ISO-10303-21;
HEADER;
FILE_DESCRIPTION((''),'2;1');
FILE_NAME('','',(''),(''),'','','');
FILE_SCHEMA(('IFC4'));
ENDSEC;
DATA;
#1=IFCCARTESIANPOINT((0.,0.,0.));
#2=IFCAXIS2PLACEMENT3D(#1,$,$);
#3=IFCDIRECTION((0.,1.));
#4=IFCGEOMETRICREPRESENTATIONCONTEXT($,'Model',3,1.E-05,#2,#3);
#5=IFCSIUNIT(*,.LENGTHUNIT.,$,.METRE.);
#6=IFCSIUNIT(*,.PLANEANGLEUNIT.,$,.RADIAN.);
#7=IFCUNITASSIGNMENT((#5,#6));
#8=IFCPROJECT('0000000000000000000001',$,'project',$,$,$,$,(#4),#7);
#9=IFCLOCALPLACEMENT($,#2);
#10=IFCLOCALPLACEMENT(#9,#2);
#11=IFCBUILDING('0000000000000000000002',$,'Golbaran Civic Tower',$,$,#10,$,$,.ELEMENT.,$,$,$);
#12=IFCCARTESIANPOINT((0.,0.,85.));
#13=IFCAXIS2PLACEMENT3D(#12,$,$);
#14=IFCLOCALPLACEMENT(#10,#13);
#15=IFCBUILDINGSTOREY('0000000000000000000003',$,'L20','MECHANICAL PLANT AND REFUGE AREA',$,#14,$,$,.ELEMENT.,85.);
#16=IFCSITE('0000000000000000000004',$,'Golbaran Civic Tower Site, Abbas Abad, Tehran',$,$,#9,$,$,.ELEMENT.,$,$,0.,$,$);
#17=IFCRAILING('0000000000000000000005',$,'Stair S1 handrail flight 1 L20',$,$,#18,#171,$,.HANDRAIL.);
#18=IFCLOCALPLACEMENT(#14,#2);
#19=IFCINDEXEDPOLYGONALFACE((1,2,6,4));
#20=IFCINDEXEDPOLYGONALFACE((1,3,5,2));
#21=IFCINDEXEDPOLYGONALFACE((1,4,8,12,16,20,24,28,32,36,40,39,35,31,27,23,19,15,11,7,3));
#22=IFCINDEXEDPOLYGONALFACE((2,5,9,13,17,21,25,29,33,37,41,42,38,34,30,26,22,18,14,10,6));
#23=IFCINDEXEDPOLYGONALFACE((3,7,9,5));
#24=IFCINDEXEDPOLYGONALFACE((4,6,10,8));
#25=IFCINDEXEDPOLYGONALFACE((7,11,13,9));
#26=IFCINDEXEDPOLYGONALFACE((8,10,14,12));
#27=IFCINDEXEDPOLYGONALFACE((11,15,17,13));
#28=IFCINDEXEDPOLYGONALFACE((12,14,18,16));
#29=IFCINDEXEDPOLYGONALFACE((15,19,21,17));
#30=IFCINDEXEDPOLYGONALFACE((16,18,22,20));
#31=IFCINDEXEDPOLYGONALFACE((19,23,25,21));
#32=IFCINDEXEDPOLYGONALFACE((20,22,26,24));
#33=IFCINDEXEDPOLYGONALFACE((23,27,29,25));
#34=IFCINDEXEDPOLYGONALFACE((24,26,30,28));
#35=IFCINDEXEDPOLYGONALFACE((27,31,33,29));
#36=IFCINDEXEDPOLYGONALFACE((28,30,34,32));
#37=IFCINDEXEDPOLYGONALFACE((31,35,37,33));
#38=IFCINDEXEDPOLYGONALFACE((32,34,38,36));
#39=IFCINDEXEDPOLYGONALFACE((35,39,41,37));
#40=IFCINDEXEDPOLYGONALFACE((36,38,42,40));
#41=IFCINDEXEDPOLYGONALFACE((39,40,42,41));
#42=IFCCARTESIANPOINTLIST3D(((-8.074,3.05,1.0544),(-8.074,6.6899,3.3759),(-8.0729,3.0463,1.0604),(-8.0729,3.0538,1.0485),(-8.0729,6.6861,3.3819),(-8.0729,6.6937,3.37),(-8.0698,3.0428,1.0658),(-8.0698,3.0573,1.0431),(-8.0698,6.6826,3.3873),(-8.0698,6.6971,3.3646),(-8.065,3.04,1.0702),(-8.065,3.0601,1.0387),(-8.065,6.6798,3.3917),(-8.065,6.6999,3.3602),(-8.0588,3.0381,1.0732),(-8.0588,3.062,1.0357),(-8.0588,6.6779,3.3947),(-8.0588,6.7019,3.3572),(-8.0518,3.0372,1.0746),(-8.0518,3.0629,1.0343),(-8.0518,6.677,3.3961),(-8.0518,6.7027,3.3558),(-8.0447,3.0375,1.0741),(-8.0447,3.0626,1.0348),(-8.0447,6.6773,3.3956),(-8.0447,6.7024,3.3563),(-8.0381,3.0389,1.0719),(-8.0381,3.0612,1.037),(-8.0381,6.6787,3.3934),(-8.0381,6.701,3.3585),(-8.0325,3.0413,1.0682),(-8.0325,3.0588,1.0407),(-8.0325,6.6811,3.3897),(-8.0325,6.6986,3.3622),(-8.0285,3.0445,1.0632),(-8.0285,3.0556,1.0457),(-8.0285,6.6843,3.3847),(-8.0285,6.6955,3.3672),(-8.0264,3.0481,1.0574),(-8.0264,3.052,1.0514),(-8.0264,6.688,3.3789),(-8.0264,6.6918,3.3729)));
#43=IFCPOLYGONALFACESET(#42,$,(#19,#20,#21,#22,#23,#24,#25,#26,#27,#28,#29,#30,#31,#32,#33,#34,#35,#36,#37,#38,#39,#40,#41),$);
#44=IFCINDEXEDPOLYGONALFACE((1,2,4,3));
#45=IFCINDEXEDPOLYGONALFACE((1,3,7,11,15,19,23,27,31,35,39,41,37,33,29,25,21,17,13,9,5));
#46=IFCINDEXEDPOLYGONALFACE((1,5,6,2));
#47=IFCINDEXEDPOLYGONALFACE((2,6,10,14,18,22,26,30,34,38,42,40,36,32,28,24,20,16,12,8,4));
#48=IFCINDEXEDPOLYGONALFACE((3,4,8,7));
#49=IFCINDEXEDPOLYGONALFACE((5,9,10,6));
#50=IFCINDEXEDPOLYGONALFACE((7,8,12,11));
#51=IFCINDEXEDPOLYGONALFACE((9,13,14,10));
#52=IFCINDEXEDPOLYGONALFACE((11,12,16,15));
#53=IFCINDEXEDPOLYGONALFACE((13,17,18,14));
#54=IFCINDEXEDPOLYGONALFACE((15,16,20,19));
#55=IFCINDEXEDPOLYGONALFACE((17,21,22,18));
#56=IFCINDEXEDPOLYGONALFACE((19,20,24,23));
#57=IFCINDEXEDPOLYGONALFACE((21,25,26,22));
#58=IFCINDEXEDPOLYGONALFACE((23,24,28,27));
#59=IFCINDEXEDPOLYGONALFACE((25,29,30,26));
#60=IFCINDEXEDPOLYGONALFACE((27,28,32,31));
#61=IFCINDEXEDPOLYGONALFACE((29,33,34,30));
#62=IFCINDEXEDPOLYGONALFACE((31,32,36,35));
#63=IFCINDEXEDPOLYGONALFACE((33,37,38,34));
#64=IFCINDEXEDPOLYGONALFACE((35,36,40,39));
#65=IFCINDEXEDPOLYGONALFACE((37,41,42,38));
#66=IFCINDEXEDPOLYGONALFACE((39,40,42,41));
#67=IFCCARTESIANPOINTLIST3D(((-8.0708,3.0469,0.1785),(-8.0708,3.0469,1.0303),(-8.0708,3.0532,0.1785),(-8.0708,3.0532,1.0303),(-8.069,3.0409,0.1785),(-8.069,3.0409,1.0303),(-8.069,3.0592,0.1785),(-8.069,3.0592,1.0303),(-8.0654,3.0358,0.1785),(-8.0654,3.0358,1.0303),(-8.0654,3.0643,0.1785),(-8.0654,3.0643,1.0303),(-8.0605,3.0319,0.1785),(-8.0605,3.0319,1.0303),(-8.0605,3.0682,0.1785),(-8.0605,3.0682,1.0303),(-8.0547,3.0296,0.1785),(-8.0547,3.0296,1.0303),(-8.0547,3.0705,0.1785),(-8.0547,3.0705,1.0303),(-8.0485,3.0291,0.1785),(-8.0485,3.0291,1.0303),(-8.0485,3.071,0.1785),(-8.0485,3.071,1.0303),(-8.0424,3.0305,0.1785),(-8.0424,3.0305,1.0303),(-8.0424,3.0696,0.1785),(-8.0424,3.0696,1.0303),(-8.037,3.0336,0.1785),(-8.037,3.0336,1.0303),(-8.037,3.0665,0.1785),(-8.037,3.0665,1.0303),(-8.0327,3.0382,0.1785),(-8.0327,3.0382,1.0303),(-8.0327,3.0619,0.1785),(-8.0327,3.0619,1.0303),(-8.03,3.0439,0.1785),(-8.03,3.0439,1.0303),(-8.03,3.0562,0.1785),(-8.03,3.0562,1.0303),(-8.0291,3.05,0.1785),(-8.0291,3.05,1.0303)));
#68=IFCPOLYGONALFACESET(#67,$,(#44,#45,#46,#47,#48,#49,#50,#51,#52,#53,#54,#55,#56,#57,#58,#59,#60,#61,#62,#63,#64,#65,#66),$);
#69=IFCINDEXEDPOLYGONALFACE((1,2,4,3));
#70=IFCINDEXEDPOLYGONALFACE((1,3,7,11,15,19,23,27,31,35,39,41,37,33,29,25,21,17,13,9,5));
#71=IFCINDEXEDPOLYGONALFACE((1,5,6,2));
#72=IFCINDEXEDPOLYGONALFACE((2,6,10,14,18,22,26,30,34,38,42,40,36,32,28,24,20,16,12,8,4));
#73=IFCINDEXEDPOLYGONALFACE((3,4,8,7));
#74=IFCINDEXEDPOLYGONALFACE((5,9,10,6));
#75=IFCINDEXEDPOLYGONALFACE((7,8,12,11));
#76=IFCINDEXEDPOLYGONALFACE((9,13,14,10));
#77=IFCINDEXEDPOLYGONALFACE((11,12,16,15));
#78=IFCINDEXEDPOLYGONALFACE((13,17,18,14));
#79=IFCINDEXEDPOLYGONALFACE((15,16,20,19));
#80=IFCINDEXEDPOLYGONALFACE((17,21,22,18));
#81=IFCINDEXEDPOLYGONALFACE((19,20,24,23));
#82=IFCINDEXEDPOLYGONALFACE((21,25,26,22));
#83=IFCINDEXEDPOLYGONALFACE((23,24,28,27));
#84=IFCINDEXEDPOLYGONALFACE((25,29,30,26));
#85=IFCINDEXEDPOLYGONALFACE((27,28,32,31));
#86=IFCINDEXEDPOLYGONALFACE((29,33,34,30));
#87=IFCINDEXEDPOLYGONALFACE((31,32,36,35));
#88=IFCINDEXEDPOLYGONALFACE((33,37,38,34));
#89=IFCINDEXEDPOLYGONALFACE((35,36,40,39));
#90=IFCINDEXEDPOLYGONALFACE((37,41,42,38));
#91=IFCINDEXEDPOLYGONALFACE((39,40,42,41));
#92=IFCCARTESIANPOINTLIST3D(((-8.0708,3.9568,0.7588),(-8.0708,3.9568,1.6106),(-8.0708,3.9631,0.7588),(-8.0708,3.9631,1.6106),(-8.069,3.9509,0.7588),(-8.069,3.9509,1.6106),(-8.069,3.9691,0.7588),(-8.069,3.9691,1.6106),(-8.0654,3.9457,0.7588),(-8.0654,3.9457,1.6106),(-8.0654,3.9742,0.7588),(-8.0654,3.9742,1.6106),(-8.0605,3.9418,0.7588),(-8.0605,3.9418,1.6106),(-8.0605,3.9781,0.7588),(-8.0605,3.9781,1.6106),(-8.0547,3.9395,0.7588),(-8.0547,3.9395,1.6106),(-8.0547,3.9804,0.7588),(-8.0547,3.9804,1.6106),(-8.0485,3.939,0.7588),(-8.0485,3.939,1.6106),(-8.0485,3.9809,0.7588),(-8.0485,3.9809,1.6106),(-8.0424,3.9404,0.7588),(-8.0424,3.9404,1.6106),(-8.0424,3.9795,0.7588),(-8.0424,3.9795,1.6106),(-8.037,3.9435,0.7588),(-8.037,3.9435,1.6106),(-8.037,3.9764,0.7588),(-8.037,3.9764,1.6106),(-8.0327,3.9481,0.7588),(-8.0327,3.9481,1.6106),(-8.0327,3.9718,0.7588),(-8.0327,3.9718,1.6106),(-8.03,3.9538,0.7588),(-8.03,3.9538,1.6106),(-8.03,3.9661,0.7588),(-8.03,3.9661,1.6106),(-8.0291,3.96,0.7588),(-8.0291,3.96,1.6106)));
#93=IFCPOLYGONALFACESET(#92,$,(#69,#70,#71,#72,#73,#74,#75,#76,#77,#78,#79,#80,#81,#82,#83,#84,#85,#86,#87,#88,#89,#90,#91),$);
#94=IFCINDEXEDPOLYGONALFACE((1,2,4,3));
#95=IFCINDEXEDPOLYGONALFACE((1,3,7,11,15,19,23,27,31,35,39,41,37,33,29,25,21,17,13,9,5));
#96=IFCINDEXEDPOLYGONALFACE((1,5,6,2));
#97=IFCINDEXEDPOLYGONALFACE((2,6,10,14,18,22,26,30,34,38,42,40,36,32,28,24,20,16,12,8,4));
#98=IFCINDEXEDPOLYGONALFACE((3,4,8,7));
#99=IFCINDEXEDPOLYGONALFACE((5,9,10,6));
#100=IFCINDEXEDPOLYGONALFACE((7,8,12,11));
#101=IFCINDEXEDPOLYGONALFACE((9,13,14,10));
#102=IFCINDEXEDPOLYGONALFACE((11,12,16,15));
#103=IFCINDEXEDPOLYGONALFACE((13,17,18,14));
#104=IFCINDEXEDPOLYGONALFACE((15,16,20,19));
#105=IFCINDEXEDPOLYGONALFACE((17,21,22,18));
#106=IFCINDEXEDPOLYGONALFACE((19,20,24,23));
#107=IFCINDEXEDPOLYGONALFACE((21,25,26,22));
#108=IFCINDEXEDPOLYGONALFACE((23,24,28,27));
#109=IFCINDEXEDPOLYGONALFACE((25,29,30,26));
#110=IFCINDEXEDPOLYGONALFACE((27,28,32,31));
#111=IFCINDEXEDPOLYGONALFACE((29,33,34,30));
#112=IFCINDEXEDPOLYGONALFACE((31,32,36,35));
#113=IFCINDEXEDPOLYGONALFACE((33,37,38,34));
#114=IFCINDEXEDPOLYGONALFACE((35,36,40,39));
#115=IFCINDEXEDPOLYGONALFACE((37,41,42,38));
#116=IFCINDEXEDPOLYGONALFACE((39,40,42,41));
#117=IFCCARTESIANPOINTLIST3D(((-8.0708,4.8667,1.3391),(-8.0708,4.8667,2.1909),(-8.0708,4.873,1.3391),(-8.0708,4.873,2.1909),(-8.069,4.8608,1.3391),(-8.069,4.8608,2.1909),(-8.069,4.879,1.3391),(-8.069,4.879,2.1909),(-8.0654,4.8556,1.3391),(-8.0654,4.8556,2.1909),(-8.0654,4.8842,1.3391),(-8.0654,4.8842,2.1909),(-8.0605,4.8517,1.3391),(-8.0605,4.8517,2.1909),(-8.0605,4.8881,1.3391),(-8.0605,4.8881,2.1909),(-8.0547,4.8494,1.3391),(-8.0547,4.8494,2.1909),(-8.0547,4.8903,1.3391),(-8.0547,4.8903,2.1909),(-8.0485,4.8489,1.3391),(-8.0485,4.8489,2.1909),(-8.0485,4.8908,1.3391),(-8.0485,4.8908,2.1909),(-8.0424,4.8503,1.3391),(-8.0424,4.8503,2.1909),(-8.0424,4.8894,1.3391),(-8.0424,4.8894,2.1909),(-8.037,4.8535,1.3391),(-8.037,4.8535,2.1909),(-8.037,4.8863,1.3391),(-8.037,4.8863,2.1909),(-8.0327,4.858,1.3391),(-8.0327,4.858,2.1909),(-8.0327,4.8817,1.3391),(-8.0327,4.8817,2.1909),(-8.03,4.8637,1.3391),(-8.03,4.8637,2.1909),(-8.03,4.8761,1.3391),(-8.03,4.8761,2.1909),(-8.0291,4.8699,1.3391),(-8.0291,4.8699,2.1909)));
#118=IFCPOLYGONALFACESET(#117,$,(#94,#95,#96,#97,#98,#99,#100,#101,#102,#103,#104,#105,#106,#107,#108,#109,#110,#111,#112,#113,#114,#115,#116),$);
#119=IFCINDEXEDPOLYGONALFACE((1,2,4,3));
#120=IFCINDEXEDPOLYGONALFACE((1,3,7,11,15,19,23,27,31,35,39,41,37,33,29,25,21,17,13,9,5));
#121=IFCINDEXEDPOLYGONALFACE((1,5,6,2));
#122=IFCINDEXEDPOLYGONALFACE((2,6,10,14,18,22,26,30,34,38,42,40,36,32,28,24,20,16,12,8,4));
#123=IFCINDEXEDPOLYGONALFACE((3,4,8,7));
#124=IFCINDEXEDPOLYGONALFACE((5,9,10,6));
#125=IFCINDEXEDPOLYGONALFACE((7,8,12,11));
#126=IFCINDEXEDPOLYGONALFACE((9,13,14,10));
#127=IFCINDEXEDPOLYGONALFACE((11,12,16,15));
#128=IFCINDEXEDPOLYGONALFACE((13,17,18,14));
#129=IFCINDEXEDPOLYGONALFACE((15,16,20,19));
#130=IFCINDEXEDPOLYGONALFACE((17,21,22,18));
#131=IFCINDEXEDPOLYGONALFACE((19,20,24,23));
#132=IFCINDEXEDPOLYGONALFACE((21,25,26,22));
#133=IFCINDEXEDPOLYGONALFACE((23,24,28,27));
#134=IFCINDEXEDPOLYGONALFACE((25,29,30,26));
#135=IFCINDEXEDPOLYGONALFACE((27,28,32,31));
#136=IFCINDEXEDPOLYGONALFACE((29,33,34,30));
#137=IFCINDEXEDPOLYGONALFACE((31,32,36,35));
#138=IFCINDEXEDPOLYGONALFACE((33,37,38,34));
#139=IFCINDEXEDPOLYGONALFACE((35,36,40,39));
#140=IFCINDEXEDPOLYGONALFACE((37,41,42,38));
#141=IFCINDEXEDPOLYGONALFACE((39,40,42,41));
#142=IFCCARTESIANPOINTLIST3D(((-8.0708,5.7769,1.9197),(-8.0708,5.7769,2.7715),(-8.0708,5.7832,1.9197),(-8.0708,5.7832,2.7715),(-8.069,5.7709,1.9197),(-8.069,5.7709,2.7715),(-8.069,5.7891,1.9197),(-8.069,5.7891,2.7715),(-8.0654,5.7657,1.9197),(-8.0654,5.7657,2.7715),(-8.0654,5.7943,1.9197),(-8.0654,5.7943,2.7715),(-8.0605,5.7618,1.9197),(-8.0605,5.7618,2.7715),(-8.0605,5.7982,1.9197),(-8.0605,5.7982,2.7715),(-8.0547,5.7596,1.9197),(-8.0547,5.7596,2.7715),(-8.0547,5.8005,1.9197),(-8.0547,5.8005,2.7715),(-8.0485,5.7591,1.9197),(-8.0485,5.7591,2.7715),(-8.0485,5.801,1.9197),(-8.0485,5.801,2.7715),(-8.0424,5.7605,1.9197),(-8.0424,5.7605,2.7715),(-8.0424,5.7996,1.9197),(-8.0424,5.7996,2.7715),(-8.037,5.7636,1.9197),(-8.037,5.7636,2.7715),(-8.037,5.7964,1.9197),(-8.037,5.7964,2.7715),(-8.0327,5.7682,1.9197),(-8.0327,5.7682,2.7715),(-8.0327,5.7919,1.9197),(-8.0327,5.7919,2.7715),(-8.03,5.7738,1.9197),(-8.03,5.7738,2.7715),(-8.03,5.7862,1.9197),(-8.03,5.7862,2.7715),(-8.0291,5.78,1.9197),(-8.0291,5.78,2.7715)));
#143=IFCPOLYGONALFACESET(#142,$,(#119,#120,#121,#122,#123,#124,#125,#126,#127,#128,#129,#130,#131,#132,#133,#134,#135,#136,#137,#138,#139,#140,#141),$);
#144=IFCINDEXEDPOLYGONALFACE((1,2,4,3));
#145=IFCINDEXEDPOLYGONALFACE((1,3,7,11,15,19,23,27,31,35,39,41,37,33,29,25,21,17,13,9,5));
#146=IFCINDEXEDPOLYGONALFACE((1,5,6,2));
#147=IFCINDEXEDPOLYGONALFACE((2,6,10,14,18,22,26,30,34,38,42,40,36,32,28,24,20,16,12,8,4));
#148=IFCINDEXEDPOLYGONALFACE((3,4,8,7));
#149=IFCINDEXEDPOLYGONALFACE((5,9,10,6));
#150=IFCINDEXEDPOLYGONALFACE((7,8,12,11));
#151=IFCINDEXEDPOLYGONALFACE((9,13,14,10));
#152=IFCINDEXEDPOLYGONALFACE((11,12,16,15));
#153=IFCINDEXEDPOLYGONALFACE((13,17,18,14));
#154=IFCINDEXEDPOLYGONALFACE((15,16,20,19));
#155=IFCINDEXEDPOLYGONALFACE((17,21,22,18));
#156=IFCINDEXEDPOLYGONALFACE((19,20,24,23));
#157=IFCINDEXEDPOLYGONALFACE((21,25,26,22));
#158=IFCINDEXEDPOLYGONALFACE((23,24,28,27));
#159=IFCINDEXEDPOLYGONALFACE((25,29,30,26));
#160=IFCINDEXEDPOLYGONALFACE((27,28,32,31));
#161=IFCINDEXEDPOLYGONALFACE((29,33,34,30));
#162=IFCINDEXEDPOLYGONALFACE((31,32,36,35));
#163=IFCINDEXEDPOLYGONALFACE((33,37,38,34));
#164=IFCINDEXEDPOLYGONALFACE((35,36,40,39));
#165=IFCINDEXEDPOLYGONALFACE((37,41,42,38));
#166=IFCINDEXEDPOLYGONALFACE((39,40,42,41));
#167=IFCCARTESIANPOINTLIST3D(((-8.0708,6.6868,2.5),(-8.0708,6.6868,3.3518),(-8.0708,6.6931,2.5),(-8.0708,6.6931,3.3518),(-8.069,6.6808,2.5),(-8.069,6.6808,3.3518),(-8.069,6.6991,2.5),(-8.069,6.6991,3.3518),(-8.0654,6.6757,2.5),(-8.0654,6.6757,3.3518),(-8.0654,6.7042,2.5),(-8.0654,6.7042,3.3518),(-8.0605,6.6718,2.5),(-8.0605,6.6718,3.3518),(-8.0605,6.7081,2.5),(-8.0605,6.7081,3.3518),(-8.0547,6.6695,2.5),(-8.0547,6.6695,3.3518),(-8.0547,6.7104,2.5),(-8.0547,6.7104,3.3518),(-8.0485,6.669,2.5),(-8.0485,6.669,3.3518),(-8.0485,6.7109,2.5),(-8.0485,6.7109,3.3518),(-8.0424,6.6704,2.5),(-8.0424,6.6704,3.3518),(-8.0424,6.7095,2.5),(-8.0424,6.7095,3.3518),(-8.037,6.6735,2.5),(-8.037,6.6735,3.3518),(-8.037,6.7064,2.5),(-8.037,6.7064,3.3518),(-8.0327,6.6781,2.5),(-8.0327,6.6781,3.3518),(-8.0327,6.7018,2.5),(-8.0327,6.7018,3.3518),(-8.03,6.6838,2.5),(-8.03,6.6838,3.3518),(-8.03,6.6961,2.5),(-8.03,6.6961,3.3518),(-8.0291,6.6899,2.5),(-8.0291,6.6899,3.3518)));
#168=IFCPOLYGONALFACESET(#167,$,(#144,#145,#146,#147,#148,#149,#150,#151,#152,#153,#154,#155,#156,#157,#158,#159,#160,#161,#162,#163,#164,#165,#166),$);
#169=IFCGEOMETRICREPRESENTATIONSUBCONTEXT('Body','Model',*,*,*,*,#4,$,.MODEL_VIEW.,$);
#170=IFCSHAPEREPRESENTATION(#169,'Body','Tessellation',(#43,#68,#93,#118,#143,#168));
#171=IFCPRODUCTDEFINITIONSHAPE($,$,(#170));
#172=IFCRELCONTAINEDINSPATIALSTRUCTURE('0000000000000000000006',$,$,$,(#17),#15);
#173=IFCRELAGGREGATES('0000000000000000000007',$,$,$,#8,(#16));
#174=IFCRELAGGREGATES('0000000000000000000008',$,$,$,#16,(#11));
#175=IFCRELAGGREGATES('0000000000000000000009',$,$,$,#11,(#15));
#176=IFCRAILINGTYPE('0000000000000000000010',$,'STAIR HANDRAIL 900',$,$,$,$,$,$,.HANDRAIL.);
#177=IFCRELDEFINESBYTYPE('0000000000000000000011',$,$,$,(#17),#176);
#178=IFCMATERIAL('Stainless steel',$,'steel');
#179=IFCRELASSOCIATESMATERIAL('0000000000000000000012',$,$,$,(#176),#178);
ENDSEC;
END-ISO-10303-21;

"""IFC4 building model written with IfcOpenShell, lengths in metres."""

from ifc_helpers import new_model, si_unit, direction, frame, origin, origin_2d, place, context, subcontext, project, spatial, circle, extrude, material, type_object, element, save


model = new_model("IFC4")

# Units and contexts
model_context = context("Model", 3, precision=1e-05, world=origin(), true_north=direction((0.0, 1.0)))
body_context = subcontext(model_context, "Body", "Model", "MODEL_VIEW")
ifc_project = project(units=[si_unit("LENGTHUNIT", "METRE"), si_unit("PLANEANGLEUNIT", "RADIAN")], contexts=[model_context])

# Site, building, storey
site_placement = place(None, origin())
site = spatial("IfcSite", under=ifc_project, at=site_placement, Name="Golbaran Civic Tower Site, Abbas Abad, Tehran", CompositionType="ELEMENT", RefElevation=0.0)
building_placement = place(site_placement, origin())
building = spatial("IfcBuilding", under=site, at=building_placement, Name="Golbaran Civic Tower", CompositionType="ELEMENT")
storey_placement = place(building_placement, frame((0.0, 0.0, 85.0)))
storey = spatial("IfcBuildingStorey", under=building, at=storey_placement, Name="L20", Description="MECHANICAL PLANT AND REFUGE AREA", CompositionType="ELEMENT", Elevation=85.0)

# Railing
ifc_material_1 = material(Name="Stainless steel", Category="steel")
railing_type = type_object("IfcRailingType", Name="STAIR HANDRAIL 900", PredefinedType="HANDRAIL", material=ifc_material_1)
railing_1_placement = place(storey_placement, frame((-8.05, 3.05, 0.1785)))
element("IfcRailing", 1, at=railing_1_placement, inside=storey, type_object=railing_type, Name="Stair S1 handrail flight 1 L20", PredefinedType="HANDRAIL", context=body_context, shape_type="SweptSolid", body=[
    extrude(circle(Radius=0.0239, at=origin_2d()), frame((0.0, 0.0, 0.876), z_axis=(0.0, 0.843112, 0.537739), x_axis=(-1.0, 0.0, 0.0)), (0.0, 0.0, 1.0), 4.3171),
    extrude(circle(Radius=0.021, at=origin_2d()), origin(), (0.0, 0.0, 1.0), 0.8518),
    extrude(circle(Radius=0.021, at=origin_2d()), frame((0.0, 0.9099, 0.5803)), (0.0, 0.0, 1.0), 0.8518),
    extrude(circle(Radius=0.021, at=origin_2d()), frame((0.0, 1.8198, 1.1606)), (0.0, 0.0, 1.0), 0.8518),
    extrude(circle(Radius=0.021, at=origin_2d()), frame((0.0, 2.73, 1.7412)), (0.0, 0.0, 1.0), 0.8518),
    extrude(circle(Radius=0.021, at=origin_2d()), frame((0.0, 3.6399, 2.3215)), (0.0, 0.0, 1.0), 0.8518),
])

save(model, "model.ifc")
